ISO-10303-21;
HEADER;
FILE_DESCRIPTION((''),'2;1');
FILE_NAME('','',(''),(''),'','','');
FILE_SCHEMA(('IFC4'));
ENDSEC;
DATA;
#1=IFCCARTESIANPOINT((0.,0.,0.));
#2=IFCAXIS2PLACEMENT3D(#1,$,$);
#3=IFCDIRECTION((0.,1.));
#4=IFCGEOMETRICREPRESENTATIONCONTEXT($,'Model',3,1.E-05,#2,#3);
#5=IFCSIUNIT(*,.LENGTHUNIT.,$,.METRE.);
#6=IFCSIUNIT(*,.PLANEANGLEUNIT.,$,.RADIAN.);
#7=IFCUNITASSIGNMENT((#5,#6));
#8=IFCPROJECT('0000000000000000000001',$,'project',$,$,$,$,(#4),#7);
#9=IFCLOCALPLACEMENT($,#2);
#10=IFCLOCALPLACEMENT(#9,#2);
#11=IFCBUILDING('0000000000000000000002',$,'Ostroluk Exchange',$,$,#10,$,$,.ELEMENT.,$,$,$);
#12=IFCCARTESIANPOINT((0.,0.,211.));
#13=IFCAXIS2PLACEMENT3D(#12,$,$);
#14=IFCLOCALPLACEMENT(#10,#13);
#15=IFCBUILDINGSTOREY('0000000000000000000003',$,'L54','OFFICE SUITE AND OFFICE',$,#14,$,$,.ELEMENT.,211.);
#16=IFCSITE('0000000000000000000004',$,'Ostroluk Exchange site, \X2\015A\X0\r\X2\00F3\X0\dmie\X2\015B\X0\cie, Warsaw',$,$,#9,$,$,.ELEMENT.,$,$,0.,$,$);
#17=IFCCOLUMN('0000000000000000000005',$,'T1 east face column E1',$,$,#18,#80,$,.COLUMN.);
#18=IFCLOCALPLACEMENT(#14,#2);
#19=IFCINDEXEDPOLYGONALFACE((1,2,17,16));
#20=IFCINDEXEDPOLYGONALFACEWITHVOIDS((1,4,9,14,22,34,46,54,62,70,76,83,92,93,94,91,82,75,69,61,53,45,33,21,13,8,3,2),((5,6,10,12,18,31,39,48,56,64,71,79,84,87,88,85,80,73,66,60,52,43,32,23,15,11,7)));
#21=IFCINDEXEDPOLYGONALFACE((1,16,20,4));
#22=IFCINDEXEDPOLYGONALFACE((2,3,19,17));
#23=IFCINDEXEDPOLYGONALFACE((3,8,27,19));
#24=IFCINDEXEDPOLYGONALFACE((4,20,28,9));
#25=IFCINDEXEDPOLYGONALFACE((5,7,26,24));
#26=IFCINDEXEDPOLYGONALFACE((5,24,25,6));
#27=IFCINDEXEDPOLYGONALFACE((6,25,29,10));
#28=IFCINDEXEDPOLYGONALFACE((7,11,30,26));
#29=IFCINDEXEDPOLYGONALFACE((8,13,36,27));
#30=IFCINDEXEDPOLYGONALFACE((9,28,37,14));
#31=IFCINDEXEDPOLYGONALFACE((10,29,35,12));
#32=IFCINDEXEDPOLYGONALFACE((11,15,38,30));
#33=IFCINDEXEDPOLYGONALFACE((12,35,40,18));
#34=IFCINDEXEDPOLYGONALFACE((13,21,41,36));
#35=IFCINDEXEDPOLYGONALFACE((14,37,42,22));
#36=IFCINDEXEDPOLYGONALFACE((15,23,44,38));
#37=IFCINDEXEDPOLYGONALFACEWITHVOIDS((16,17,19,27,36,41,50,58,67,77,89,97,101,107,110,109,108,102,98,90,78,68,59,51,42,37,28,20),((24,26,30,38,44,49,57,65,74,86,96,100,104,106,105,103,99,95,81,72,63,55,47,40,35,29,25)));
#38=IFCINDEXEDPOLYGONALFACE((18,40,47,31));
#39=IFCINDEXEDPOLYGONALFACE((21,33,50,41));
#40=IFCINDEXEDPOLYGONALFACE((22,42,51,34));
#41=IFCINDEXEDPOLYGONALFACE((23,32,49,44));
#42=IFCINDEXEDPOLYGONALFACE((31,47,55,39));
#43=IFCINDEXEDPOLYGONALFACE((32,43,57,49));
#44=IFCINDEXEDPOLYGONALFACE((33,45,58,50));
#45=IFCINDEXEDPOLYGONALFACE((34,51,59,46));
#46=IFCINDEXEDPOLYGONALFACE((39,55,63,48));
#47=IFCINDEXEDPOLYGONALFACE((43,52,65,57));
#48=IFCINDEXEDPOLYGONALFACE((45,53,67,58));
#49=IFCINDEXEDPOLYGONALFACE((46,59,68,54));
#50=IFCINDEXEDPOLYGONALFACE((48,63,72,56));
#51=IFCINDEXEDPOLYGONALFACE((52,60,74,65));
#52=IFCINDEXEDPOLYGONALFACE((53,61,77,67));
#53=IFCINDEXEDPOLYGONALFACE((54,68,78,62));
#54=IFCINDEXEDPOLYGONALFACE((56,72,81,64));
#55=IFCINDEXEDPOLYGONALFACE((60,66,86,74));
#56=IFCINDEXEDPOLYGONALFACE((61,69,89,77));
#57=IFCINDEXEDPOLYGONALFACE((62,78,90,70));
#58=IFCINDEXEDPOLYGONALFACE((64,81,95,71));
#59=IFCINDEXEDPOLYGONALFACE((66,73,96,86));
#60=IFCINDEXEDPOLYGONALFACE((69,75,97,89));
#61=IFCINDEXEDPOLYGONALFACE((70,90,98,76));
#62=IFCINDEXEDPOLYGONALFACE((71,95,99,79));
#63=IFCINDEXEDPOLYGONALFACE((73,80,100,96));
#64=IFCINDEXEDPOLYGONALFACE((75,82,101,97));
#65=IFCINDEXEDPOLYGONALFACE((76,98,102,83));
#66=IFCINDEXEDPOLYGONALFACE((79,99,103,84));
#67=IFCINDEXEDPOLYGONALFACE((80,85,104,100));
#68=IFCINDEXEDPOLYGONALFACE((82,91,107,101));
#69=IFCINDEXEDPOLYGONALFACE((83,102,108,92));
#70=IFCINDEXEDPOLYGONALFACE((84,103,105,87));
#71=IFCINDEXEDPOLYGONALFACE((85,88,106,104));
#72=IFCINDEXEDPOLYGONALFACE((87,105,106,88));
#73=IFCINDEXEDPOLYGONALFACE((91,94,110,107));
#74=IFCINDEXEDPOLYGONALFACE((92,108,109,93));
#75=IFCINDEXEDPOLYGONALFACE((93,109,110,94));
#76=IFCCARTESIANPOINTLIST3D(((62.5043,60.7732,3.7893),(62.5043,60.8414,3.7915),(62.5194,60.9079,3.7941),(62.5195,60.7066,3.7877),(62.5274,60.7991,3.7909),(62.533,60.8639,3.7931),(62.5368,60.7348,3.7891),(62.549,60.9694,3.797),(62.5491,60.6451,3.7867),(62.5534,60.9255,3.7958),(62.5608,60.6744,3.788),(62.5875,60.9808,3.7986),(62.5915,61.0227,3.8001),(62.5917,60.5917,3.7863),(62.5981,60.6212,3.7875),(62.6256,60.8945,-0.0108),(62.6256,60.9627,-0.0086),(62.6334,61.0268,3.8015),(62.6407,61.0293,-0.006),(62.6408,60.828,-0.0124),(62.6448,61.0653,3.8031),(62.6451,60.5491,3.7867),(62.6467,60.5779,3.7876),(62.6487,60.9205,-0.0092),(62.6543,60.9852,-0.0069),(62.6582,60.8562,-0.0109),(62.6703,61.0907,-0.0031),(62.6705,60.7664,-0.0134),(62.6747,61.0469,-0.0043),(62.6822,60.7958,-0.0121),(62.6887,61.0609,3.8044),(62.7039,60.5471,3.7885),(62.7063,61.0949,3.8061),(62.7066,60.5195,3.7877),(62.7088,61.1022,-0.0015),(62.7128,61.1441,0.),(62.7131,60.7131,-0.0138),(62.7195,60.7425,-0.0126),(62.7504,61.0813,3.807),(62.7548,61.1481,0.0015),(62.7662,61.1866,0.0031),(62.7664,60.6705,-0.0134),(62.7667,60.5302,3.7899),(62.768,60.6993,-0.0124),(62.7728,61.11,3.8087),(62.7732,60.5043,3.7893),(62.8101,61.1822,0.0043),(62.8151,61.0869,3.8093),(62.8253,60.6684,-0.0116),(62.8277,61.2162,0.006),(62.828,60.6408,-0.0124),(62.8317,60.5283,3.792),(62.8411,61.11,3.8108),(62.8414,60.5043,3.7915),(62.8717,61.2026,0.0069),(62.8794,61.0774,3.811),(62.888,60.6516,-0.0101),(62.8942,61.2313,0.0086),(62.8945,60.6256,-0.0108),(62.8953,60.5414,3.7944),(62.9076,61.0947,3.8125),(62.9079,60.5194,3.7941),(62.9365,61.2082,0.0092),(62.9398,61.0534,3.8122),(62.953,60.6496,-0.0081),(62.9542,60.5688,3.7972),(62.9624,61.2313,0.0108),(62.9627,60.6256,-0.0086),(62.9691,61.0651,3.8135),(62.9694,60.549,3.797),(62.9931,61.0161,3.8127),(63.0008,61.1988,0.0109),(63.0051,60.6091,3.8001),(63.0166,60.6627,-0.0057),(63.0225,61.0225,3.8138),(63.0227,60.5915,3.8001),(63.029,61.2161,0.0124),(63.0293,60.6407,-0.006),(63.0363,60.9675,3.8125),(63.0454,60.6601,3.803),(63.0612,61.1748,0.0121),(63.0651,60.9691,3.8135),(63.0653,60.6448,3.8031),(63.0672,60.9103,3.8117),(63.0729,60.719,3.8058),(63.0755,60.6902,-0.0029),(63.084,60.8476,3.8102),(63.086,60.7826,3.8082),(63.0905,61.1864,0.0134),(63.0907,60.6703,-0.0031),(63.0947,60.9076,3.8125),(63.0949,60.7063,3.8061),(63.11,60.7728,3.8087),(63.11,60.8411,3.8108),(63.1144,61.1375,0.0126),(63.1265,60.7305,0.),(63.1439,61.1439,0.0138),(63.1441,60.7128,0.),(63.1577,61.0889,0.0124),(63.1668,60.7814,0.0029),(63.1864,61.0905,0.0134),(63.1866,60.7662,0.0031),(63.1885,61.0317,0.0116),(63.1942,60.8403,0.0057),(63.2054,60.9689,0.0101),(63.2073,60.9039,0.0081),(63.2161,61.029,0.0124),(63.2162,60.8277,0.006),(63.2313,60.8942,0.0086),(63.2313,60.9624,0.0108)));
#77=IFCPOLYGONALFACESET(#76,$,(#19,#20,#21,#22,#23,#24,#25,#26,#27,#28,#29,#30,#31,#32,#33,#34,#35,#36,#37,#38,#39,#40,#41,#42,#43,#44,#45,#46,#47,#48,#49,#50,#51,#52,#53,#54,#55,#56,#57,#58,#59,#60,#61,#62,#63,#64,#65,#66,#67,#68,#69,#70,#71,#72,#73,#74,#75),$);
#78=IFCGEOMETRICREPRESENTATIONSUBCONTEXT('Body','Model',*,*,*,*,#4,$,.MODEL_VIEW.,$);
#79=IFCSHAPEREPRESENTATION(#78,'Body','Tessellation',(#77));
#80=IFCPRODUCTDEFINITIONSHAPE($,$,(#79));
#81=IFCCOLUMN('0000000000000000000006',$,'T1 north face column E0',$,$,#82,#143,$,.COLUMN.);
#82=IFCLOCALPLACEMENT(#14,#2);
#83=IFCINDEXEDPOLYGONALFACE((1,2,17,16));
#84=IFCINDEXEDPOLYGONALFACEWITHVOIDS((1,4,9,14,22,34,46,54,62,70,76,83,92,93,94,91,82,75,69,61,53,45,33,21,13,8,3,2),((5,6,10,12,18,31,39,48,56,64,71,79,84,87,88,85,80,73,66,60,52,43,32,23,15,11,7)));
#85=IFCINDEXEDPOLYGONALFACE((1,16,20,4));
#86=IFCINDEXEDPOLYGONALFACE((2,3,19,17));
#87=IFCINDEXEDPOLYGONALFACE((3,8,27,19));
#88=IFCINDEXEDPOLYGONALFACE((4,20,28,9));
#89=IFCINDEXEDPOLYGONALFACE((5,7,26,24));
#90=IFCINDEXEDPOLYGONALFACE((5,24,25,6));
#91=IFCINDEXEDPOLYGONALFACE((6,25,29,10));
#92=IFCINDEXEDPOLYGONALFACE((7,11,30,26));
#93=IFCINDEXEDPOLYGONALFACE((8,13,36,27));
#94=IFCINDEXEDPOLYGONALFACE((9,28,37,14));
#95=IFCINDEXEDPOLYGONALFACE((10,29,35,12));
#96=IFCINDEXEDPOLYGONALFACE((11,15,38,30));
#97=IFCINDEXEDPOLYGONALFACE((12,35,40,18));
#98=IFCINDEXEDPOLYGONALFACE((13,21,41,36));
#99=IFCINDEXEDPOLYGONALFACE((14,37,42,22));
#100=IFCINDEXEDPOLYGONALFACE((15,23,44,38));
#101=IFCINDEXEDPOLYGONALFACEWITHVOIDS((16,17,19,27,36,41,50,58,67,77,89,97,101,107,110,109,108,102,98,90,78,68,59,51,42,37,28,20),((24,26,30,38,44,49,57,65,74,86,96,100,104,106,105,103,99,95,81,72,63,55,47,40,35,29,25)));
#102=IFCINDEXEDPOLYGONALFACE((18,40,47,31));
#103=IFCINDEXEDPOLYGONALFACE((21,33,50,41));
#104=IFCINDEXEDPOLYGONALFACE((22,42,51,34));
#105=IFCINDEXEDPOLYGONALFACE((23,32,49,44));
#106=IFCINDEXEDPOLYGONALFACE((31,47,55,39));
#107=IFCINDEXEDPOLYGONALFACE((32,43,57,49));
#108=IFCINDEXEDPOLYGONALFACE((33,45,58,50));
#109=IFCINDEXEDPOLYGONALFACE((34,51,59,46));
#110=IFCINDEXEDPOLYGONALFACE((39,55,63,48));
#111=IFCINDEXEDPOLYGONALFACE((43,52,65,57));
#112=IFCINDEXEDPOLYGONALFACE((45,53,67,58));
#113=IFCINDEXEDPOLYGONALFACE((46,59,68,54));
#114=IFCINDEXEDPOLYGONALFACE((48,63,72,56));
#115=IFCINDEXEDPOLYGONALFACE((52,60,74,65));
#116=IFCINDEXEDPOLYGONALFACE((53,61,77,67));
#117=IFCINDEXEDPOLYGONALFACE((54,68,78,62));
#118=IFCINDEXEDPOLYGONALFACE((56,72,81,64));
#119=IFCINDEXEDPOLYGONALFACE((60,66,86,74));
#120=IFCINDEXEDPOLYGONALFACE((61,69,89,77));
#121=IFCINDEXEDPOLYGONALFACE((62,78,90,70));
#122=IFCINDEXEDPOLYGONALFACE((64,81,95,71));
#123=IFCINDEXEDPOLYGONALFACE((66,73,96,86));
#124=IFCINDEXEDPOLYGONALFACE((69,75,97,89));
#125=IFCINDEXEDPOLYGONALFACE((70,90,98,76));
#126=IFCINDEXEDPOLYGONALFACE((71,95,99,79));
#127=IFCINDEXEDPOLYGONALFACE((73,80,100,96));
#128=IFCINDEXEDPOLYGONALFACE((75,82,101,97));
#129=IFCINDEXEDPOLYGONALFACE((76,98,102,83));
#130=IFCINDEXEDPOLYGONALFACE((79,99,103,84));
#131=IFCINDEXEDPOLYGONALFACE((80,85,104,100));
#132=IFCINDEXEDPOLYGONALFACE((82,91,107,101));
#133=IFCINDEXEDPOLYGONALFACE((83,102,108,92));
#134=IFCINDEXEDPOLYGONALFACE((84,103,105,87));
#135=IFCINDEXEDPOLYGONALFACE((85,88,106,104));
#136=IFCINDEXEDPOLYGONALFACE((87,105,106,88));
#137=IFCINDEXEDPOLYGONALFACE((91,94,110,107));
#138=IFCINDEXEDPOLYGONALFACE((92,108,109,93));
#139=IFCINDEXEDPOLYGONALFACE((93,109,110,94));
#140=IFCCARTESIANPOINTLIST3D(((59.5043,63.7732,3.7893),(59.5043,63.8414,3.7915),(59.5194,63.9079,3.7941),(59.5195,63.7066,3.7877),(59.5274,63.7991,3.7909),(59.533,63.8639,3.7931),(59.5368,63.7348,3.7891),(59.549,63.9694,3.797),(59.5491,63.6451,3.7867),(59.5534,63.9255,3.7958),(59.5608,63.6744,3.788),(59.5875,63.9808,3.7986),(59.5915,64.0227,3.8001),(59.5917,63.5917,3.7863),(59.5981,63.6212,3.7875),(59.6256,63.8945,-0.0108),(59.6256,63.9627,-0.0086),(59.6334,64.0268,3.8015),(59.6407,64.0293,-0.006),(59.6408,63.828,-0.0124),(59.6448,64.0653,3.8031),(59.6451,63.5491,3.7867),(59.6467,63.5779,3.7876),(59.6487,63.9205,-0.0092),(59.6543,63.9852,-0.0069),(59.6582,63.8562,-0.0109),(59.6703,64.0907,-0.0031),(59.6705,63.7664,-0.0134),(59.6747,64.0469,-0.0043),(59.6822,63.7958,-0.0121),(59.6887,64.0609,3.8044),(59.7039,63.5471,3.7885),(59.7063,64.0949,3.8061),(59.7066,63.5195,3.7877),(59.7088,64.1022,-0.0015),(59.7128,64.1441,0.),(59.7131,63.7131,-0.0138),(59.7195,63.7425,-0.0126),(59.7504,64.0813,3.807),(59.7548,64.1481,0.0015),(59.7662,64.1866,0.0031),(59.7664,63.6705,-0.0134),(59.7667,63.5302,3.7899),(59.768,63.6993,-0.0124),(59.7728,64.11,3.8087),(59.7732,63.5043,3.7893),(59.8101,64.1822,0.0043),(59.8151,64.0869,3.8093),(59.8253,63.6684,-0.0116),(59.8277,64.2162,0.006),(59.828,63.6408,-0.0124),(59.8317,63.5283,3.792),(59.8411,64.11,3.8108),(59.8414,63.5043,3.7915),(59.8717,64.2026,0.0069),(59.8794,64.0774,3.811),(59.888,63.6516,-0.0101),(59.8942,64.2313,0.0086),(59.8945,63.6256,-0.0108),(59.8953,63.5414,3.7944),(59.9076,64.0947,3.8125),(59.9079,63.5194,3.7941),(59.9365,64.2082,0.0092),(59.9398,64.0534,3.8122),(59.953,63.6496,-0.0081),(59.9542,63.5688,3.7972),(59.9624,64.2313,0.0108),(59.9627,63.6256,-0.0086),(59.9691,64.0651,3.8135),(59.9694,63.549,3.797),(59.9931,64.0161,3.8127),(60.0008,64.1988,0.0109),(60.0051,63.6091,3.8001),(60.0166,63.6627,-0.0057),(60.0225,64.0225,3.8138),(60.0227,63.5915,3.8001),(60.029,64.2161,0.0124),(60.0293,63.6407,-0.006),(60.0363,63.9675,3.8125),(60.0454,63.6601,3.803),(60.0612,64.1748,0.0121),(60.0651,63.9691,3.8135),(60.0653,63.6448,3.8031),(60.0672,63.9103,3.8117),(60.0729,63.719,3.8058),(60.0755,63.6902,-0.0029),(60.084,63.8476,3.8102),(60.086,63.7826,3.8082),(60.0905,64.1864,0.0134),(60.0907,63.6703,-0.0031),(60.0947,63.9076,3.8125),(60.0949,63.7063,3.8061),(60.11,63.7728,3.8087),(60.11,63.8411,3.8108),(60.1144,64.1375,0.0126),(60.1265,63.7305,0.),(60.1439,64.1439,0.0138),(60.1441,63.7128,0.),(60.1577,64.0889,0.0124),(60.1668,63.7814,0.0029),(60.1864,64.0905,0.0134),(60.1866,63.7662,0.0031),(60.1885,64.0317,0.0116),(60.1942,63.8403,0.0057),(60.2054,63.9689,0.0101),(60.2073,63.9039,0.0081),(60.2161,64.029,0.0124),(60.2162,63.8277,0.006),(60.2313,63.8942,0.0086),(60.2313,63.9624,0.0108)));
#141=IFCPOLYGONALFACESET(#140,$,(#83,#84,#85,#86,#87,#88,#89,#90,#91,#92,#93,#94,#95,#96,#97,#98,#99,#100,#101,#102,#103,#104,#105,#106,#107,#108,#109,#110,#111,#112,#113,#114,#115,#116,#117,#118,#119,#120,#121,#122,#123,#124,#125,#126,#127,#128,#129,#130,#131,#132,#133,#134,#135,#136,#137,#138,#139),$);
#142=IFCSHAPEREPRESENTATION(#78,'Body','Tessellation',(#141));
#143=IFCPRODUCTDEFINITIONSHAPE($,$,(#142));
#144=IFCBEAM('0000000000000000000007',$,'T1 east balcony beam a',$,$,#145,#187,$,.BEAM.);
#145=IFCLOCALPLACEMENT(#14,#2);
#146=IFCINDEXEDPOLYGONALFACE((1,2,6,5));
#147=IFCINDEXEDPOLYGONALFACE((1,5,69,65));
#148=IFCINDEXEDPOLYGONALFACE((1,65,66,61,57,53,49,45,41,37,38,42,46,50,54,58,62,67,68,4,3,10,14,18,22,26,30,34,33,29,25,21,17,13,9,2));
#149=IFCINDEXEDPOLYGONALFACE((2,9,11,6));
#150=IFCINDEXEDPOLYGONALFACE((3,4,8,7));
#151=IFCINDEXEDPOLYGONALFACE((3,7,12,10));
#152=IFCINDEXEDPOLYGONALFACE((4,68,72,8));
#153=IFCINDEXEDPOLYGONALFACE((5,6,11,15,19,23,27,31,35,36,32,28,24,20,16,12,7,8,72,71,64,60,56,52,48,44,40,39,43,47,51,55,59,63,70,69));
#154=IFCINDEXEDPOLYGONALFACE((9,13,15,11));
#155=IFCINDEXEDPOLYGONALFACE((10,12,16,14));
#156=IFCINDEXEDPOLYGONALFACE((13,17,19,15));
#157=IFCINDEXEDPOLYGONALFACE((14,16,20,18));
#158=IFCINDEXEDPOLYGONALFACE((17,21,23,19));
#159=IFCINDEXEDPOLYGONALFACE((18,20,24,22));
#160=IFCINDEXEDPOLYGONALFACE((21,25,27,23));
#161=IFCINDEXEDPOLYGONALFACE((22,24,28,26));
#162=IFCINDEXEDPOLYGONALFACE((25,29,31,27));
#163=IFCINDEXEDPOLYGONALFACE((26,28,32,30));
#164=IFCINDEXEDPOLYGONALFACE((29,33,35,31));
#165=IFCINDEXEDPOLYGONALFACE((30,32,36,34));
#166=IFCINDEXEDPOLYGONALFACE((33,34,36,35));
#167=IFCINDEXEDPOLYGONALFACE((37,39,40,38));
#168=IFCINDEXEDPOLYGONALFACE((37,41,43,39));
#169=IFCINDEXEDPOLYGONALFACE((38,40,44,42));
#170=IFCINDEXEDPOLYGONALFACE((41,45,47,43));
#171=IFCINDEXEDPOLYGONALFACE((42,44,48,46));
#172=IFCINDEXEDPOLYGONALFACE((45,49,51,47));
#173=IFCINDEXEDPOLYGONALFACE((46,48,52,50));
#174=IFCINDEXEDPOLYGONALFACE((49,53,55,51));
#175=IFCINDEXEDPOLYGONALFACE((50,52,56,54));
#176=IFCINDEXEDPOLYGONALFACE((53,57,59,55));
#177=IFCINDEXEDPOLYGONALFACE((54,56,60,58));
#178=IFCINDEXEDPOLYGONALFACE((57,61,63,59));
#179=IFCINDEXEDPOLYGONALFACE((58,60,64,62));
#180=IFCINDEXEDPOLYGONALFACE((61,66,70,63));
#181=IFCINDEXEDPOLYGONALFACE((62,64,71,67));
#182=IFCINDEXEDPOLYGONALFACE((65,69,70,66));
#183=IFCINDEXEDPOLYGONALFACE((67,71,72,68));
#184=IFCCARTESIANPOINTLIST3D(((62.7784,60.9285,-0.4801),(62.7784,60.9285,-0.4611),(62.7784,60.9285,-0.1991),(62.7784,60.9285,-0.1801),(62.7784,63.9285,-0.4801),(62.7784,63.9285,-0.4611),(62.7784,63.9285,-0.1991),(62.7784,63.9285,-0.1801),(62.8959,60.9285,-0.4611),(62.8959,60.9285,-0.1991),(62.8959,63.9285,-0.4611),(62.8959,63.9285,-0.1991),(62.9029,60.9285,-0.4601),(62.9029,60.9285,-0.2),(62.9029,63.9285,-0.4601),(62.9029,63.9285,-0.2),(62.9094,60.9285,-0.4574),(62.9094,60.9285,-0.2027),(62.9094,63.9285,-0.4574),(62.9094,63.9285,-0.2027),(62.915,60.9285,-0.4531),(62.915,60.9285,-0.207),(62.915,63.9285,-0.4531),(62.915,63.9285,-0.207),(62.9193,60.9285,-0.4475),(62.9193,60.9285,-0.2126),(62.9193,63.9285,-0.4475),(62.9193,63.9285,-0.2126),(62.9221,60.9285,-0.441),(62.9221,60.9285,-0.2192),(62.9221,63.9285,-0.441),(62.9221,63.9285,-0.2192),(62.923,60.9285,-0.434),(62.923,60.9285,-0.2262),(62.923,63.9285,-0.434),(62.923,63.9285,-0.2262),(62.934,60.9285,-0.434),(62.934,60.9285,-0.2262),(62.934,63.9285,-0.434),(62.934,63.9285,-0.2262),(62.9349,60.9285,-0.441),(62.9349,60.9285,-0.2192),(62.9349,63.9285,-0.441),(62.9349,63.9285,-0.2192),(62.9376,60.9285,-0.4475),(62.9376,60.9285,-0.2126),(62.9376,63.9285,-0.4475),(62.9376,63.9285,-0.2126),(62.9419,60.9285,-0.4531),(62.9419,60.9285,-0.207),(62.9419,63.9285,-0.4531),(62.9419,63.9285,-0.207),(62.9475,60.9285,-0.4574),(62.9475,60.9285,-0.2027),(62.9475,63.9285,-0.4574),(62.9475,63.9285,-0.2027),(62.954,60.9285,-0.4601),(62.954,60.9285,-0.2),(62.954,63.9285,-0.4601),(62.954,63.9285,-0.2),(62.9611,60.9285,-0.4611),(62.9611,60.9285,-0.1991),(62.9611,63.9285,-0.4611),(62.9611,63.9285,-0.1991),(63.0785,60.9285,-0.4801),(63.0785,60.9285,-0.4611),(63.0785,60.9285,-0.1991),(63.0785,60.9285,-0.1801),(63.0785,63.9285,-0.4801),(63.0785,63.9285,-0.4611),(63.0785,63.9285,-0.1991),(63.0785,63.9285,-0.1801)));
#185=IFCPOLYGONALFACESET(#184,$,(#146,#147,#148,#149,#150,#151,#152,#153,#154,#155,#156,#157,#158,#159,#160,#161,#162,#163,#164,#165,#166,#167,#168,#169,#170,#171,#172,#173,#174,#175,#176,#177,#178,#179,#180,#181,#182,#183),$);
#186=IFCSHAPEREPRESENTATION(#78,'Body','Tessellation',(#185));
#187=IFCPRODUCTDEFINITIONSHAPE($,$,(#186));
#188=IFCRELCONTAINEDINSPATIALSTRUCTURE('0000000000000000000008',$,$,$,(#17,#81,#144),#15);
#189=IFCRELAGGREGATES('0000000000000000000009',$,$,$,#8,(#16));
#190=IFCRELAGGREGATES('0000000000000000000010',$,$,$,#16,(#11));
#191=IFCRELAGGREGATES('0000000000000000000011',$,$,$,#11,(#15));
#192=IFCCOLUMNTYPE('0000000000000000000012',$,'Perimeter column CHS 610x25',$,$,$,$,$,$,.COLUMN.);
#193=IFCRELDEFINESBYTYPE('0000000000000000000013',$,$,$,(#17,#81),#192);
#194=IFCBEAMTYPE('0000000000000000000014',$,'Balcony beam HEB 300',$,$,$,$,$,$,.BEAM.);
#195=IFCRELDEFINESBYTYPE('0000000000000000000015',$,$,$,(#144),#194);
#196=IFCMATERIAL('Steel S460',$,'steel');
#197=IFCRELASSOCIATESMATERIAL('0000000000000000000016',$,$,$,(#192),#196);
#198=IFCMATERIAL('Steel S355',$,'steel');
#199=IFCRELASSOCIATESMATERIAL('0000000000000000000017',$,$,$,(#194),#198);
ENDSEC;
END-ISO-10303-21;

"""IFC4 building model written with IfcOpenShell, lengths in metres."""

from ifc_helpers import new_model, si_unit, direction, frame, origin, origin_2d, place, context, subcontext, project, spatial, hollow_circle, i_section, extrude, material, material_profile, profile_set, type_object, element, save


model = new_model("IFC4")

# Units and contexts
model_context = context("Model", 3, precision=1e-05, world=origin(), true_north=direction((0.0, 1.0)))
body_context = subcontext(model_context, "Body", "Model", "MODEL_VIEW")
ifc_project = project(units=[si_unit("LENGTHUNIT", "METRE"), si_unit("PLANEANGLEUNIT", "RADIAN")], contexts=[model_context])

# Site, building, storey
site_placement = place(None, origin())
site = spatial("IfcSite", under=ifc_project, at=site_placement, Name="Ostroluk Exchange site, Śródmieście, Warsaw", CompositionType="ELEMENT", RefElevation=0.0)
building_placement = place(site_placement, origin())
building = spatial("IfcBuilding", under=site, at=building_placement, Name="Ostroluk Exchange", CompositionType="ELEMENT")
storey_placement = place(building_placement, frame((0.0, 0.0, 211.0)))
storey = spatial("IfcBuildingStorey", under=building, at=storey_placement, Name="L54", Description="OFFICE SUITE AND OFFICE", CompositionType="ELEMENT", Elevation=211.0)

# Columns
ifc_material_1 = material(Name="Steel S460", Category="steel")
ifc_material_profile_1 = material_profile(ifc_material_1, hollow_circle(Radius=0.3049, WallThickness=0.0249, at=origin_2d()), Name="CHS 610x25")
ifc_profile_set_1 = profile_set([ifc_material_profile_1], Name="Steel S460")
column_type = type_object("IfcColumnType", Name="Perimeter column CHS 610x25", PredefinedType="COLUMN", material=ifc_profile_set_1)
for number, where, z_axis, x_axis, name in (
    (1, (62.9285, 60.9285, 0.0), (-0.031898, -0.031898, 0.998982), (0.707107, -0.707107, 0.0), "T1 east face column E1"),
    (2, (59.9285, 63.9285, 0.0), (-0.031898, -0.031898, 0.998982), (0.707107, -0.707107, 0.0), "T1 north face column E0"),
):
    element("IfcColumn", number, at=place(storey_placement, frame(where, z_axis=z_axis, x_axis=x_axis)), inside=storey, type_object=column_type, Name=name, PredefinedType="COLUMN", context=body_context, shape_type="SweptSolid", body=[
        extrude(hollow_circle(Radius=0.3049, WallThickness=0.0249, at=origin_2d()), origin(), (0.0, 0.0, 1.0), 3.804),
    ])

# Beam
ifc_material_2 = material(Name="Steel S355", Category="steel")
ifc_material_profile_2 = material_profile(ifc_material_2, i_section(OverallWidth=0.3, OverallDepth=0.3, WebThickness=0.011, FlangeThickness=0.019, FilletRadius=0.0271, at=origin_2d()), Name="HEB 300")
ifc_profile_set_2 = profile_set([ifc_material_profile_2], Name="Steel S355")
beam_type_1 = type_object("IfcBeamType", Name="Balcony beam HEB 300", PredefinedType="BEAM", material=ifc_profile_set_2)
for number, where, z_axis, x_axis, name in (
    (3, (62.9285, 60.9285, -0.3301), (0.0, 1.0, 0.0), (-1.0, 0.0, 0.0), "T1 east balcony beam a"),
):
    element("IfcBeam", number, at=place(storey_placement, frame(where, z_axis=z_axis, x_axis=x_axis)), inside=storey, type_object=beam_type_1, Name=name, PredefinedType="BEAM", context=body_context, shape_type="SweptSolid", body=[
        extrude(i_section(OverallWidth=0.3, OverallDepth=0.3, WebThickness=0.011, FlangeThickness=0.019, FilletRadius=0.0271, at=origin_2d()), origin(), (0.0, 0.0, 1.0), 3.0),
    ])

save(model, "model.ifc")
